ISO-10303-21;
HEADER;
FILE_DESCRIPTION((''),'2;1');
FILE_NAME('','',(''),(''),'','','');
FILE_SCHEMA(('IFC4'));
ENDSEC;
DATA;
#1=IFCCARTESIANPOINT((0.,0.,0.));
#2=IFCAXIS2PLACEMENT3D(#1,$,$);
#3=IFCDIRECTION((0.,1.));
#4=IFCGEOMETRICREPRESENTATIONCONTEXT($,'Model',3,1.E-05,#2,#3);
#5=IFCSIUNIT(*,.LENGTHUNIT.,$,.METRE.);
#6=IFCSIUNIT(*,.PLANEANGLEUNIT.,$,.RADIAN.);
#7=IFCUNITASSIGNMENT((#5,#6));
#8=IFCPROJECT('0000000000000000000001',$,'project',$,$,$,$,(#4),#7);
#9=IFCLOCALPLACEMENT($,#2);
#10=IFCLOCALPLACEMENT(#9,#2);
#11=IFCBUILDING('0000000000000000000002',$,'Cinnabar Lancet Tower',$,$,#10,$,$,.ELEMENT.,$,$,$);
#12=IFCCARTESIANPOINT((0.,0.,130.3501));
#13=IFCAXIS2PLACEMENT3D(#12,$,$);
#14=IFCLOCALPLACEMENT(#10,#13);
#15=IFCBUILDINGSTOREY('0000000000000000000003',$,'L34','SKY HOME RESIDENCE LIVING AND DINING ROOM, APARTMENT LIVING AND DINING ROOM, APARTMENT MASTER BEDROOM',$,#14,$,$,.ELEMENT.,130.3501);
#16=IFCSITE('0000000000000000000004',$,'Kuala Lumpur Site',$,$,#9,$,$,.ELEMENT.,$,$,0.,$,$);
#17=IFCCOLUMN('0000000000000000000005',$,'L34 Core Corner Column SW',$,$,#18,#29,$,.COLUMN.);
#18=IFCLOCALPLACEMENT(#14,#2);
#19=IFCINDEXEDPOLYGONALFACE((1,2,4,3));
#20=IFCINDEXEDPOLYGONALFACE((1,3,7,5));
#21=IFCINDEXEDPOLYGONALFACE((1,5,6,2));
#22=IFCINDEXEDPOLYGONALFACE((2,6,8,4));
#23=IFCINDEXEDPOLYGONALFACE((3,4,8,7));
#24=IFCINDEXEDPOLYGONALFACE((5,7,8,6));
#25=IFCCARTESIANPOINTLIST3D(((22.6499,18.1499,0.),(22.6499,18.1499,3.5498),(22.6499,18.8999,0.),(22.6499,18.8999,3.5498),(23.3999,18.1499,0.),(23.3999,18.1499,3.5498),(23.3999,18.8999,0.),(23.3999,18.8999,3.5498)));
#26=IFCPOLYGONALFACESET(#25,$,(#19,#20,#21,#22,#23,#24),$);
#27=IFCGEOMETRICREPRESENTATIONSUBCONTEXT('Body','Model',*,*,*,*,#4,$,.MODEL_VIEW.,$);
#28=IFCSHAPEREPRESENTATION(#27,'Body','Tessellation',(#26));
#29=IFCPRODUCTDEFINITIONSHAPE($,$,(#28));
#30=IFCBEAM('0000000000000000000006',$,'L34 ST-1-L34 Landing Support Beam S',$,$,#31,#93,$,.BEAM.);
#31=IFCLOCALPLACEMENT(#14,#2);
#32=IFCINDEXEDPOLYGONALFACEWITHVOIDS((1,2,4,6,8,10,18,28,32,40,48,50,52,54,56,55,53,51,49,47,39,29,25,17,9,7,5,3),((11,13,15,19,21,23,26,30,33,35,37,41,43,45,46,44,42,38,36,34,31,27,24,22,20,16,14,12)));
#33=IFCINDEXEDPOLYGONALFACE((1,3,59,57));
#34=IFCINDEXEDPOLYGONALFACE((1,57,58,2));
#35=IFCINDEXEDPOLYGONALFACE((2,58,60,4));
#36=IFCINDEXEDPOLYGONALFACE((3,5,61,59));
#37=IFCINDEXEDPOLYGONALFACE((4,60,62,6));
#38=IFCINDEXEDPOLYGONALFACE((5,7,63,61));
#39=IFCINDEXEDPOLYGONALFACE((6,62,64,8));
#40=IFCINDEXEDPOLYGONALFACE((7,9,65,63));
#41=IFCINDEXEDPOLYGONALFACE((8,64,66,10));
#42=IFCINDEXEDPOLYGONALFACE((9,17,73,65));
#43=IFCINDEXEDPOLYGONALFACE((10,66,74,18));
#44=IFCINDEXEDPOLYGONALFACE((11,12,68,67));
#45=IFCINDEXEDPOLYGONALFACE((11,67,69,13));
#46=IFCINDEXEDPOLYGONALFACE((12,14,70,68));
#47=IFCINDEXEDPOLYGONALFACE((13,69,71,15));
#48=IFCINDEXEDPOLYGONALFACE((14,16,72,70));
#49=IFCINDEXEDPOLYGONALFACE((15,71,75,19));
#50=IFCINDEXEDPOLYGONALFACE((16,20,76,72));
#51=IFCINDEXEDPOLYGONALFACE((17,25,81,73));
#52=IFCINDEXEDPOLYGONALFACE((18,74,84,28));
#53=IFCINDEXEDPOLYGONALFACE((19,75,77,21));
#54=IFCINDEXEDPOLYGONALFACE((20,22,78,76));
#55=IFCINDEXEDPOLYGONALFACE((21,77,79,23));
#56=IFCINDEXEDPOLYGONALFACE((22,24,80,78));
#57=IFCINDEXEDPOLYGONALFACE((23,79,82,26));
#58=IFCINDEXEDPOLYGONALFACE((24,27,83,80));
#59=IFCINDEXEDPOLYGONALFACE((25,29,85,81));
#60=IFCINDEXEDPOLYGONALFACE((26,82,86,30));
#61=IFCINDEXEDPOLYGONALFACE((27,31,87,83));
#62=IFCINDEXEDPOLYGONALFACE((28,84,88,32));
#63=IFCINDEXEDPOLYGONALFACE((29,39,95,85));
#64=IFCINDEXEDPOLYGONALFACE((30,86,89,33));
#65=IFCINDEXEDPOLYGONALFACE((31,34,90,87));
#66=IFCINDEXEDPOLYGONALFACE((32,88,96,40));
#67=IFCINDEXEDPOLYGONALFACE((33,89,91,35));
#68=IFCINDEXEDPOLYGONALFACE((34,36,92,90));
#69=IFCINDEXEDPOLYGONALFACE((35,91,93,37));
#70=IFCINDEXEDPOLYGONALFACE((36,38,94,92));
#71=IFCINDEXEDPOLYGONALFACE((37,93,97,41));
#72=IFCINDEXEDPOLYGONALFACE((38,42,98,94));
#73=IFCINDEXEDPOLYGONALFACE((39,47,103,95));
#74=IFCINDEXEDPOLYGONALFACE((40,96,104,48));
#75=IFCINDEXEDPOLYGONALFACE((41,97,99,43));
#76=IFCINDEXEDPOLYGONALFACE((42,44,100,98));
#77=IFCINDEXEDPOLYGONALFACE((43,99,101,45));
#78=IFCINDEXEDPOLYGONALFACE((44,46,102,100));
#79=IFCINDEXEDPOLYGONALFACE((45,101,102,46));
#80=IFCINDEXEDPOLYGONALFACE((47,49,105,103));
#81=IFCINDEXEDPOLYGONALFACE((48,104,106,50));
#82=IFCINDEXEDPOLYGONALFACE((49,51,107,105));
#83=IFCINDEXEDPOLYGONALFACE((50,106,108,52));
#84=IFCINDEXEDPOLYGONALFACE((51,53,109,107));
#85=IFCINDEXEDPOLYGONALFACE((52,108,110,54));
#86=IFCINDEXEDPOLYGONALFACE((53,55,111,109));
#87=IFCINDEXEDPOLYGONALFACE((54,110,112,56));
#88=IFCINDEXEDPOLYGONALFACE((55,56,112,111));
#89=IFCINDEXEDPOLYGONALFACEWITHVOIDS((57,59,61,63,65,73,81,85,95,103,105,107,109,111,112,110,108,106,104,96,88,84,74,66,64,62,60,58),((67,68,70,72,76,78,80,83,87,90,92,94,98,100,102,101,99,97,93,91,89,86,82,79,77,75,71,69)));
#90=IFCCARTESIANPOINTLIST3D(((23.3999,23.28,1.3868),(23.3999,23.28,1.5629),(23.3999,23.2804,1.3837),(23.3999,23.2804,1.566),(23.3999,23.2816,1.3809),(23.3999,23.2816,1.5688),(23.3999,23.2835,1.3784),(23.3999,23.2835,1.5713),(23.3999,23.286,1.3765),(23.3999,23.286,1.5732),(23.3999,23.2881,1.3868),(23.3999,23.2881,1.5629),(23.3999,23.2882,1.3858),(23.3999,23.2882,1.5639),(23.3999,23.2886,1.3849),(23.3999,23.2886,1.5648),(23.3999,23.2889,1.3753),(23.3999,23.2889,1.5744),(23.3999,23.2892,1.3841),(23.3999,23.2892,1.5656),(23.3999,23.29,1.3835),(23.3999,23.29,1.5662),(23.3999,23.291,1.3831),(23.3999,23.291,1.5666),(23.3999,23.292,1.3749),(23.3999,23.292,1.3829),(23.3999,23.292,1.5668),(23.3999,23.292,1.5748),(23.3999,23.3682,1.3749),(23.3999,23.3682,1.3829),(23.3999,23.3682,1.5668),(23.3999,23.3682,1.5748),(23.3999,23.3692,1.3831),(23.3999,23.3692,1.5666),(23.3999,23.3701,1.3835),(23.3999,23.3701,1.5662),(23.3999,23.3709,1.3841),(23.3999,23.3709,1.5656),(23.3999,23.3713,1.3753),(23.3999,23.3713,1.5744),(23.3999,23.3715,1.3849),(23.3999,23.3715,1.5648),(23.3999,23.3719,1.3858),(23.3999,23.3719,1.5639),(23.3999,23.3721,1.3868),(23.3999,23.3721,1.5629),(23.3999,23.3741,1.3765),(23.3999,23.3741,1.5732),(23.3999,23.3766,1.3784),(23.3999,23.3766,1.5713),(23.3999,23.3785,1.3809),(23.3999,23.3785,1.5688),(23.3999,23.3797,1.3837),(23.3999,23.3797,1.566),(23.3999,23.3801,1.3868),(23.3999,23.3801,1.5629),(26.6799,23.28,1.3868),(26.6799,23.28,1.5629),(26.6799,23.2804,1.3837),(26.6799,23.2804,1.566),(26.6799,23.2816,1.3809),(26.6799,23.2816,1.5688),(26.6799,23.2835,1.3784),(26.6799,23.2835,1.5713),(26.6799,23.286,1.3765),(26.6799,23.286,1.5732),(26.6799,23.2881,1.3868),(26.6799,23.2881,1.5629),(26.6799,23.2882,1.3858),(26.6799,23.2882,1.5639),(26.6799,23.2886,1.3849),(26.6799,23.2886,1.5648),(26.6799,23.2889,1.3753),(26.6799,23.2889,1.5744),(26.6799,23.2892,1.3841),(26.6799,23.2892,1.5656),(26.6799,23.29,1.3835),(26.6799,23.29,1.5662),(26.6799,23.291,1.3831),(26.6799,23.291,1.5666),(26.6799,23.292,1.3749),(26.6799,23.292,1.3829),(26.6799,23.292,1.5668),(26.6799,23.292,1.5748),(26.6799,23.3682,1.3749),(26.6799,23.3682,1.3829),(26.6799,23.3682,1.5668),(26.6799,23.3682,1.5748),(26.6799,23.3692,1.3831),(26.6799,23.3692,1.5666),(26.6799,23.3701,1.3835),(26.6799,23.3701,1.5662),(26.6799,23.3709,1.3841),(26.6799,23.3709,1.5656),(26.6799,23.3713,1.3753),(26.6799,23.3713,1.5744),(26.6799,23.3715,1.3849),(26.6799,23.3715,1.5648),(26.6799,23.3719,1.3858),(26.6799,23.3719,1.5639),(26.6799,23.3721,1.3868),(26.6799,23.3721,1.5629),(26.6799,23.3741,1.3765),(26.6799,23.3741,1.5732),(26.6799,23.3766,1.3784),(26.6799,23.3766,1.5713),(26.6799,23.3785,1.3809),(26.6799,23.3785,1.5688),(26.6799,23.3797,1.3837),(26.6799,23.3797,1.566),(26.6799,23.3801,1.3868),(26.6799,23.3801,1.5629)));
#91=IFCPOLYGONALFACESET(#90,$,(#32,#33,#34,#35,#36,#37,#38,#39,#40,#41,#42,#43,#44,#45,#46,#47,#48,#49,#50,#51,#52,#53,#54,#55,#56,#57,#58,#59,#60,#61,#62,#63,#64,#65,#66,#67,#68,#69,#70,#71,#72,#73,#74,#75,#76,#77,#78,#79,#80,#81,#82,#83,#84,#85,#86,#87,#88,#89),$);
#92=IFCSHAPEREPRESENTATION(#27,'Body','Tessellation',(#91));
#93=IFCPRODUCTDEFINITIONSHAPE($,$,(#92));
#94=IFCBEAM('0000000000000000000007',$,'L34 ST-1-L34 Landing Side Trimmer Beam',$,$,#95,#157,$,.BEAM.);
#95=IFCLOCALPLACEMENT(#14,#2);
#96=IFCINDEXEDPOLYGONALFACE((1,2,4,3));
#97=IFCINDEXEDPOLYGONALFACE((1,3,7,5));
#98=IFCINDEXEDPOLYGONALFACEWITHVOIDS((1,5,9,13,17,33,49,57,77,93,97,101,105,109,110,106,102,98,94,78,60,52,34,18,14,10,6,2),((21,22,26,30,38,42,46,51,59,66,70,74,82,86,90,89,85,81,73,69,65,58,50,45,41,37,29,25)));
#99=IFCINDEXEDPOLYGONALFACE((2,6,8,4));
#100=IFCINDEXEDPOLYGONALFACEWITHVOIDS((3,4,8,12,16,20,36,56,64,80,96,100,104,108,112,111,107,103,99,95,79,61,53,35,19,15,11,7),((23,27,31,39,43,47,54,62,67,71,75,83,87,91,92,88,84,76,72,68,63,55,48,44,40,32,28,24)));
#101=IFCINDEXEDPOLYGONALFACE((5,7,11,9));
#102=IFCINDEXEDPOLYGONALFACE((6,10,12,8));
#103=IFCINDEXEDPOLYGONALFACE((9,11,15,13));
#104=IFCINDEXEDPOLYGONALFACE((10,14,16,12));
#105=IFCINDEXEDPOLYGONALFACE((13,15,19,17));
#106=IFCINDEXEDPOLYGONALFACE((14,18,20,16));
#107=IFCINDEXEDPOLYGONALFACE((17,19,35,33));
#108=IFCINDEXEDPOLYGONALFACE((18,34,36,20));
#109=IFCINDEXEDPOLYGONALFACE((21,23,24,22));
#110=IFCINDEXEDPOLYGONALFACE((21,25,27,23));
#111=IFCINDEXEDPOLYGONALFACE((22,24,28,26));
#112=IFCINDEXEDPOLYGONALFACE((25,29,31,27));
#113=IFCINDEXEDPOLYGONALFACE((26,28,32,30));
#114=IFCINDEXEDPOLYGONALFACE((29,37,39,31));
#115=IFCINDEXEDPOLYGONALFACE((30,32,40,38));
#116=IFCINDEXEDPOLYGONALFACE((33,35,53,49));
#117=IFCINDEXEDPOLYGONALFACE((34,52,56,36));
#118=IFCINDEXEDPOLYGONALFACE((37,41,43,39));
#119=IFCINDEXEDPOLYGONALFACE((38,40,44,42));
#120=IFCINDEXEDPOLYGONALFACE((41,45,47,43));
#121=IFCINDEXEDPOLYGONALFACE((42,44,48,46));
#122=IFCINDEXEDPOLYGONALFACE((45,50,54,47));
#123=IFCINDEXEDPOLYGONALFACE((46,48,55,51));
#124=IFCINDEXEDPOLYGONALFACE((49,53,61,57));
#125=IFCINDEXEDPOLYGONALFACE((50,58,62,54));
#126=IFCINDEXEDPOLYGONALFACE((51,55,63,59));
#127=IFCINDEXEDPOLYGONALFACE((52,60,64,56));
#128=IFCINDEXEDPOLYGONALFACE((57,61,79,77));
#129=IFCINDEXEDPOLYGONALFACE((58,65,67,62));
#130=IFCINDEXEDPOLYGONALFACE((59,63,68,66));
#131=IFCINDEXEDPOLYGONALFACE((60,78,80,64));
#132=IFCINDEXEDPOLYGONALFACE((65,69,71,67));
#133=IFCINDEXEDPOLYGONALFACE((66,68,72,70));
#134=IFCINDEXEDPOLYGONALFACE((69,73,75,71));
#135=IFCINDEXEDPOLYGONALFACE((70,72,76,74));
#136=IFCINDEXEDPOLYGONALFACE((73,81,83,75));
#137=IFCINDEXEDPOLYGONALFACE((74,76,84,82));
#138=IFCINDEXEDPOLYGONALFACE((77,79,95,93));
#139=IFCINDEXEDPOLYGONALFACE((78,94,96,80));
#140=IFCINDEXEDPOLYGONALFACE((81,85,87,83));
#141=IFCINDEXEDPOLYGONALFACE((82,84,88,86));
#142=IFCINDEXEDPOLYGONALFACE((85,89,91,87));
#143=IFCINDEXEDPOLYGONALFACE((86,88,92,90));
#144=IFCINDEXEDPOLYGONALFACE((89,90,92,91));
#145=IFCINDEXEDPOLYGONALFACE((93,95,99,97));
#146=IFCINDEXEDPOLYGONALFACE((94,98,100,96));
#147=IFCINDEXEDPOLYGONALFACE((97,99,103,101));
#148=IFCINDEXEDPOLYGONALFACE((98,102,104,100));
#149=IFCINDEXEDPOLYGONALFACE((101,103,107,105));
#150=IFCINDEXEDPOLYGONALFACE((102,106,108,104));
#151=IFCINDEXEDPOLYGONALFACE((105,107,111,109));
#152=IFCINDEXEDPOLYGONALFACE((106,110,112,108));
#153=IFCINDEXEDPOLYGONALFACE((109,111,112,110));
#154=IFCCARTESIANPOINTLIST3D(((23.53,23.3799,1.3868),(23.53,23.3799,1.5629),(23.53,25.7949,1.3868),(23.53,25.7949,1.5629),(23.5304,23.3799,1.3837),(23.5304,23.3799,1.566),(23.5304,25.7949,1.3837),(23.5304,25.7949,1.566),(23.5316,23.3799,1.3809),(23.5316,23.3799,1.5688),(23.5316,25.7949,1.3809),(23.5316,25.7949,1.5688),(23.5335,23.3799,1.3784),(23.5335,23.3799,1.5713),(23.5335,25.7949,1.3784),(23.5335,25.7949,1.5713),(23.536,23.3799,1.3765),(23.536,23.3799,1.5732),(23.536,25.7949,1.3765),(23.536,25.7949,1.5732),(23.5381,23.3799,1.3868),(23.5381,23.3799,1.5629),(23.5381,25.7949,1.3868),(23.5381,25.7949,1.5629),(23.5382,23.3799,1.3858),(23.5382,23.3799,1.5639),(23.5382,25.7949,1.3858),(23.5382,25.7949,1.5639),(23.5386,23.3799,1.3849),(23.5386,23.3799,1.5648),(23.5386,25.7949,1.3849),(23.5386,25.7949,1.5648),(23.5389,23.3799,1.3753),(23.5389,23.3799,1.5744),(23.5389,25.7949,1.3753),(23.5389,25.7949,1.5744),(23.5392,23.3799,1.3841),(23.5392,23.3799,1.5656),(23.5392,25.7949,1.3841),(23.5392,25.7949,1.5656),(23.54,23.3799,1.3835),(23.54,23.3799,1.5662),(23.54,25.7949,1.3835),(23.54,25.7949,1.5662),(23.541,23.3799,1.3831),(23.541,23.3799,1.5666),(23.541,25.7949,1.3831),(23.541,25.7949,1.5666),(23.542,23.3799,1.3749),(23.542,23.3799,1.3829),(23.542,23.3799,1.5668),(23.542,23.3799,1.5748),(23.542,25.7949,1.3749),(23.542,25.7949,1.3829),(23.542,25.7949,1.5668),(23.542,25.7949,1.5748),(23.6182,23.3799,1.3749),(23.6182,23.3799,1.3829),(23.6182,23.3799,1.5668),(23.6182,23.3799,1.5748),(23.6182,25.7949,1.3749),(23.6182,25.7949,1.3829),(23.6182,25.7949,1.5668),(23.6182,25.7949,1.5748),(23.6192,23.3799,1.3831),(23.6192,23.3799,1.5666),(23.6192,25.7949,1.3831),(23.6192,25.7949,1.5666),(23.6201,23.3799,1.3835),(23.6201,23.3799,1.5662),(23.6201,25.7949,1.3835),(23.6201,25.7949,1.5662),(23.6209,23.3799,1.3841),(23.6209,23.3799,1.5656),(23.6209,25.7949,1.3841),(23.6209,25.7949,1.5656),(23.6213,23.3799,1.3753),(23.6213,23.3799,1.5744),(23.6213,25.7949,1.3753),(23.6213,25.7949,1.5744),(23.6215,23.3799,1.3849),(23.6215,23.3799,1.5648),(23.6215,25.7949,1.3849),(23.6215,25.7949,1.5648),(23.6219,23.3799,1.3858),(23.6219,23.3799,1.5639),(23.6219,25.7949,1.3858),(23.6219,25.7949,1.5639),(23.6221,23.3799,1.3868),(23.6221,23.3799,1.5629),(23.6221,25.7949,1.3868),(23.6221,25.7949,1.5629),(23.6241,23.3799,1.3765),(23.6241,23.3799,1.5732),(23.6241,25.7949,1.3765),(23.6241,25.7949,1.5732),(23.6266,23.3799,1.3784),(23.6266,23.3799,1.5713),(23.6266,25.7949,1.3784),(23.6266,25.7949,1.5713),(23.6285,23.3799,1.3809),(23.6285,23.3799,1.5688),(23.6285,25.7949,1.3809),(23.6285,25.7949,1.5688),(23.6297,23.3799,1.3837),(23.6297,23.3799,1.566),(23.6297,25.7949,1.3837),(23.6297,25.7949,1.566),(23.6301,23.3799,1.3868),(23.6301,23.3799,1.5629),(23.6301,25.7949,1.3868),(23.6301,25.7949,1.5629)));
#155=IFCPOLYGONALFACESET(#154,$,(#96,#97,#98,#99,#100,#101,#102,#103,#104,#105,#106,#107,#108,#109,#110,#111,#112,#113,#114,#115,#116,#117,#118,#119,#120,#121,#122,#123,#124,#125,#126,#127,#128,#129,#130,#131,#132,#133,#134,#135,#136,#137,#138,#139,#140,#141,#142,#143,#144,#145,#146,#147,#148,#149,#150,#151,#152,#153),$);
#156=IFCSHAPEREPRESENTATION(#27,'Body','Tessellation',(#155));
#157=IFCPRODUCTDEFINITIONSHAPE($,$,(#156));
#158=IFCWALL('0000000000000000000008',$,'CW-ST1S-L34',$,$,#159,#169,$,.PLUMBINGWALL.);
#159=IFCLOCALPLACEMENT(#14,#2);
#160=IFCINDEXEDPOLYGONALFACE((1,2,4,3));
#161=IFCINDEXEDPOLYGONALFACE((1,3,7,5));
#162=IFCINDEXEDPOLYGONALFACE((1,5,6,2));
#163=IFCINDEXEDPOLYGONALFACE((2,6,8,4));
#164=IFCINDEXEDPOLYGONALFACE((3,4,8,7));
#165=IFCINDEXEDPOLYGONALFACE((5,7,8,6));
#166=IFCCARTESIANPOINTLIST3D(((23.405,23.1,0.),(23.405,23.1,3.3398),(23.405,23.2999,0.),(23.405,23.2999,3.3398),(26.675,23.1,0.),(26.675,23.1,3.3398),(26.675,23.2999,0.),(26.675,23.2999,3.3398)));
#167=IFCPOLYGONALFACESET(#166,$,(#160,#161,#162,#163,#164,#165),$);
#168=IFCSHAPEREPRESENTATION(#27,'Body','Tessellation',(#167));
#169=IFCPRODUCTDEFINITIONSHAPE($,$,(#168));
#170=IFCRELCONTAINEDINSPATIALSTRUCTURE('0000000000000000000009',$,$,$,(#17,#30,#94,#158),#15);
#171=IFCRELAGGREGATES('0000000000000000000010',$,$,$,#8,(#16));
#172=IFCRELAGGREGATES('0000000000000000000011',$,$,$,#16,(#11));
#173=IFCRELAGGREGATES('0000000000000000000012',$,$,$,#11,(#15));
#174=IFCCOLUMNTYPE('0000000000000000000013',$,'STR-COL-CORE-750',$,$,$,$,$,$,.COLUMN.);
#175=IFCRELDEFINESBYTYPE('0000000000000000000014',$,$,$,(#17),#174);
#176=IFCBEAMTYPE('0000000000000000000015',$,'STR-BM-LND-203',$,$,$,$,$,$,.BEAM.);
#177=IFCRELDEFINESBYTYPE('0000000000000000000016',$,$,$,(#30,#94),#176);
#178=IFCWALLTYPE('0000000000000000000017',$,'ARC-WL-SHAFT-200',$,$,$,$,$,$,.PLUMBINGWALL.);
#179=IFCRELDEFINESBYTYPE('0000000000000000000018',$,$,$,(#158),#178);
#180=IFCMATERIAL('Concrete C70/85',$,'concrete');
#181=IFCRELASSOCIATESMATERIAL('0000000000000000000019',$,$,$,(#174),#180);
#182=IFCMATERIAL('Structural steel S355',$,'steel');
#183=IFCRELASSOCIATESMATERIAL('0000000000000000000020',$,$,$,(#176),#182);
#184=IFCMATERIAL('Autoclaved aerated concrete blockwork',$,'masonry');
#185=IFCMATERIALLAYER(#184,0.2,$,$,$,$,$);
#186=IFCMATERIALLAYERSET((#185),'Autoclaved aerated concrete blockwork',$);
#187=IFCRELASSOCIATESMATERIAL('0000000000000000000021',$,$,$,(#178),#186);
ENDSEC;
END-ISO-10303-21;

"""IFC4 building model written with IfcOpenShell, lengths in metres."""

from ifc_helpers import new_model, si_unit, direction, frame, frame_2d, origin, origin_2d, place, context, subcontext, project, spatial, rectangle, hollow_rectangle, extrude, material, layer, layer_set, material_profile, profile_set, type_object, element, save


model = new_model("IFC4")

# Units and contexts
model_context = context("Model", 3, precision=1e-05, world=origin(), true_north=direction((0.0, 1.0)))
body_context = subcontext(model_context, "Body", "Model", "MODEL_VIEW")
ifc_project = project(units=[si_unit("LENGTHUNIT", "METRE"), si_unit("PLANEANGLEUNIT", "RADIAN")], contexts=[model_context])

# Site, building, storey
site_placement = place(None, origin())
site = spatial("IfcSite", under=ifc_project, at=site_placement, Name="Kuala Lumpur Site", CompositionType="ELEMENT", RefElevation=0.0)
building_placement = place(site_placement, origin())
building = spatial("IfcBuilding", under=site, at=building_placement, Name="Cinnabar Lancet Tower", CompositionType="ELEMENT")
storey_placement = place(building_placement, frame((0.0, 0.0, 130.3501)))
storey = spatial("IfcBuildingStorey", under=building, at=storey_placement, Name="L34", Description="SKY HOME RESIDENCE LIVING AND DINING ROOM, APARTMENT LIVING AND DINING ROOM, APARTMENT MASTER BEDROOM", CompositionType="ELEMENT", Elevation=130.3501)

# Column
ifc_material_1 = material(Name="Concrete C70/85", Category="concrete")
ifc_material_profile_1 = material_profile(ifc_material_1, rectangle(XDim=0.75, YDim=0.75, at=origin_2d()), Name="RC-COL 750x750")
ifc_profile_set_1 = profile_set([ifc_material_profile_1], Name="Concrete C70/85")
column_type = type_object("IfcColumnType", Name="STR-COL-CORE-750", PredefinedType="COLUMN", material=ifc_profile_set_1)
column_placement = place(storey_placement, frame((23.0249, 18.5249, 0.0), z_axis=(0.0, 0.0, 1.0), x_axis=(1.0, 0.0, 0.0)))
element("IfcColumn", 1, at=column_placement, inside=storey, type_object=column_type, Name="L34 Core Corner Column SW", PredefinedType="COLUMN", context=body_context, shape_type="SweptSolid", body=[
    extrude(rectangle(XDim=0.75, YDim=0.75, at=origin_2d()), origin(), (0.0, 0.0, 1.0), 3.5498),
])

# Beams
ifc_material_2 = material(Name="Structural steel S355", Category="steel")
ifc_material_profile_2 = material_profile(ifc_material_2, hollow_rectangle(XDim=0.1001, YDim=0.2, WallThickness=0.0081, InnerFilletRadius=0.0039, OuterFilletRadius=0.012, at=origin_2d()), Name="RHS 200x100x8")
ifc_profile_set_2 = profile_set([ifc_material_profile_2], Name="Structural steel S355")
beam_type = type_object("IfcBeamType", Name="STR-BM-LND-203", PredefinedType="BEAM", material=ifc_profile_set_2)
beam_1_placement = place(storey_placement, frame((23.3999, 23.3301, 1.4749), z_axis=(1.0, 0.0, 0.0), x_axis=(0.0, 1.0, 0.0)))
element("IfcBeam", 2, at=beam_1_placement, inside=storey, type_object=beam_type, Name="L34 ST-1-L34 Landing Support Beam S", PredefinedType="BEAM", context=body_context, shape_type="SweptSolid", body=[
    extrude(hollow_rectangle(XDim=0.1001, YDim=0.2, WallThickness=0.0081, InnerFilletRadius=0.0039, OuterFilletRadius=0.012, at=origin_2d()), origin(), (0.0, 0.0, 1.0), 3.28),
])
beam_2_placement = place(storey_placement, frame((23.5801, 23.3799, 1.4749), z_axis=(0.0, 1.0, 0.0), x_axis=(-1.0, 0.0, 0.0)))
element("IfcBeam", 3, at=beam_2_placement, inside=storey, type_object=beam_type, Name="L34 ST-1-L34 Landing Side Trimmer Beam", PredefinedType="BEAM", context=body_context, shape_type="SweptSolid", body=[
    extrude(hollow_rectangle(XDim=0.1001, YDim=0.2, WallThickness=0.0081, InnerFilletRadius=0.0039, OuterFilletRadius=0.012, at=origin_2d()), origin(), (0.0, 0.0, 1.0), 2.415),
])

# Wall
ifc_material_3 = material(Name="Autoclaved aerated concrete blockwork", Category="masonry")
ifc_layer_1 = layer(ifc_material_3, 0.2)
ifc_layer_set_1 = layer_set([ifc_layer_1], Name="Autoclaved aerated concrete blockwork")
wall_type_1 = type_object("IfcWallType", Name="ARC-WL-SHAFT-200", PredefinedType="PLUMBINGWALL", material=ifc_layer_set_1)
wall_1_placement = place(storey_placement, frame((23.405, 23.2, 0.0), z_axis=(0.0, 0.0, 1.0), x_axis=(1.0, 0.0, 0.0)))
element("IfcWall", 4, at=wall_1_placement, inside=storey, type_object=wall_type_1, Name="CW-ST1S-L34", PredefinedType="PLUMBINGWALL", context=body_context, shape_type="SweptSolid", body=[
    extrude(rectangle(XDim=3.27, YDim=0.2, at=frame_2d((1.635, 0.0))), origin(), (0.0, 0.0, 1.0), 3.3398),
])

save(model, "model.ifc")
